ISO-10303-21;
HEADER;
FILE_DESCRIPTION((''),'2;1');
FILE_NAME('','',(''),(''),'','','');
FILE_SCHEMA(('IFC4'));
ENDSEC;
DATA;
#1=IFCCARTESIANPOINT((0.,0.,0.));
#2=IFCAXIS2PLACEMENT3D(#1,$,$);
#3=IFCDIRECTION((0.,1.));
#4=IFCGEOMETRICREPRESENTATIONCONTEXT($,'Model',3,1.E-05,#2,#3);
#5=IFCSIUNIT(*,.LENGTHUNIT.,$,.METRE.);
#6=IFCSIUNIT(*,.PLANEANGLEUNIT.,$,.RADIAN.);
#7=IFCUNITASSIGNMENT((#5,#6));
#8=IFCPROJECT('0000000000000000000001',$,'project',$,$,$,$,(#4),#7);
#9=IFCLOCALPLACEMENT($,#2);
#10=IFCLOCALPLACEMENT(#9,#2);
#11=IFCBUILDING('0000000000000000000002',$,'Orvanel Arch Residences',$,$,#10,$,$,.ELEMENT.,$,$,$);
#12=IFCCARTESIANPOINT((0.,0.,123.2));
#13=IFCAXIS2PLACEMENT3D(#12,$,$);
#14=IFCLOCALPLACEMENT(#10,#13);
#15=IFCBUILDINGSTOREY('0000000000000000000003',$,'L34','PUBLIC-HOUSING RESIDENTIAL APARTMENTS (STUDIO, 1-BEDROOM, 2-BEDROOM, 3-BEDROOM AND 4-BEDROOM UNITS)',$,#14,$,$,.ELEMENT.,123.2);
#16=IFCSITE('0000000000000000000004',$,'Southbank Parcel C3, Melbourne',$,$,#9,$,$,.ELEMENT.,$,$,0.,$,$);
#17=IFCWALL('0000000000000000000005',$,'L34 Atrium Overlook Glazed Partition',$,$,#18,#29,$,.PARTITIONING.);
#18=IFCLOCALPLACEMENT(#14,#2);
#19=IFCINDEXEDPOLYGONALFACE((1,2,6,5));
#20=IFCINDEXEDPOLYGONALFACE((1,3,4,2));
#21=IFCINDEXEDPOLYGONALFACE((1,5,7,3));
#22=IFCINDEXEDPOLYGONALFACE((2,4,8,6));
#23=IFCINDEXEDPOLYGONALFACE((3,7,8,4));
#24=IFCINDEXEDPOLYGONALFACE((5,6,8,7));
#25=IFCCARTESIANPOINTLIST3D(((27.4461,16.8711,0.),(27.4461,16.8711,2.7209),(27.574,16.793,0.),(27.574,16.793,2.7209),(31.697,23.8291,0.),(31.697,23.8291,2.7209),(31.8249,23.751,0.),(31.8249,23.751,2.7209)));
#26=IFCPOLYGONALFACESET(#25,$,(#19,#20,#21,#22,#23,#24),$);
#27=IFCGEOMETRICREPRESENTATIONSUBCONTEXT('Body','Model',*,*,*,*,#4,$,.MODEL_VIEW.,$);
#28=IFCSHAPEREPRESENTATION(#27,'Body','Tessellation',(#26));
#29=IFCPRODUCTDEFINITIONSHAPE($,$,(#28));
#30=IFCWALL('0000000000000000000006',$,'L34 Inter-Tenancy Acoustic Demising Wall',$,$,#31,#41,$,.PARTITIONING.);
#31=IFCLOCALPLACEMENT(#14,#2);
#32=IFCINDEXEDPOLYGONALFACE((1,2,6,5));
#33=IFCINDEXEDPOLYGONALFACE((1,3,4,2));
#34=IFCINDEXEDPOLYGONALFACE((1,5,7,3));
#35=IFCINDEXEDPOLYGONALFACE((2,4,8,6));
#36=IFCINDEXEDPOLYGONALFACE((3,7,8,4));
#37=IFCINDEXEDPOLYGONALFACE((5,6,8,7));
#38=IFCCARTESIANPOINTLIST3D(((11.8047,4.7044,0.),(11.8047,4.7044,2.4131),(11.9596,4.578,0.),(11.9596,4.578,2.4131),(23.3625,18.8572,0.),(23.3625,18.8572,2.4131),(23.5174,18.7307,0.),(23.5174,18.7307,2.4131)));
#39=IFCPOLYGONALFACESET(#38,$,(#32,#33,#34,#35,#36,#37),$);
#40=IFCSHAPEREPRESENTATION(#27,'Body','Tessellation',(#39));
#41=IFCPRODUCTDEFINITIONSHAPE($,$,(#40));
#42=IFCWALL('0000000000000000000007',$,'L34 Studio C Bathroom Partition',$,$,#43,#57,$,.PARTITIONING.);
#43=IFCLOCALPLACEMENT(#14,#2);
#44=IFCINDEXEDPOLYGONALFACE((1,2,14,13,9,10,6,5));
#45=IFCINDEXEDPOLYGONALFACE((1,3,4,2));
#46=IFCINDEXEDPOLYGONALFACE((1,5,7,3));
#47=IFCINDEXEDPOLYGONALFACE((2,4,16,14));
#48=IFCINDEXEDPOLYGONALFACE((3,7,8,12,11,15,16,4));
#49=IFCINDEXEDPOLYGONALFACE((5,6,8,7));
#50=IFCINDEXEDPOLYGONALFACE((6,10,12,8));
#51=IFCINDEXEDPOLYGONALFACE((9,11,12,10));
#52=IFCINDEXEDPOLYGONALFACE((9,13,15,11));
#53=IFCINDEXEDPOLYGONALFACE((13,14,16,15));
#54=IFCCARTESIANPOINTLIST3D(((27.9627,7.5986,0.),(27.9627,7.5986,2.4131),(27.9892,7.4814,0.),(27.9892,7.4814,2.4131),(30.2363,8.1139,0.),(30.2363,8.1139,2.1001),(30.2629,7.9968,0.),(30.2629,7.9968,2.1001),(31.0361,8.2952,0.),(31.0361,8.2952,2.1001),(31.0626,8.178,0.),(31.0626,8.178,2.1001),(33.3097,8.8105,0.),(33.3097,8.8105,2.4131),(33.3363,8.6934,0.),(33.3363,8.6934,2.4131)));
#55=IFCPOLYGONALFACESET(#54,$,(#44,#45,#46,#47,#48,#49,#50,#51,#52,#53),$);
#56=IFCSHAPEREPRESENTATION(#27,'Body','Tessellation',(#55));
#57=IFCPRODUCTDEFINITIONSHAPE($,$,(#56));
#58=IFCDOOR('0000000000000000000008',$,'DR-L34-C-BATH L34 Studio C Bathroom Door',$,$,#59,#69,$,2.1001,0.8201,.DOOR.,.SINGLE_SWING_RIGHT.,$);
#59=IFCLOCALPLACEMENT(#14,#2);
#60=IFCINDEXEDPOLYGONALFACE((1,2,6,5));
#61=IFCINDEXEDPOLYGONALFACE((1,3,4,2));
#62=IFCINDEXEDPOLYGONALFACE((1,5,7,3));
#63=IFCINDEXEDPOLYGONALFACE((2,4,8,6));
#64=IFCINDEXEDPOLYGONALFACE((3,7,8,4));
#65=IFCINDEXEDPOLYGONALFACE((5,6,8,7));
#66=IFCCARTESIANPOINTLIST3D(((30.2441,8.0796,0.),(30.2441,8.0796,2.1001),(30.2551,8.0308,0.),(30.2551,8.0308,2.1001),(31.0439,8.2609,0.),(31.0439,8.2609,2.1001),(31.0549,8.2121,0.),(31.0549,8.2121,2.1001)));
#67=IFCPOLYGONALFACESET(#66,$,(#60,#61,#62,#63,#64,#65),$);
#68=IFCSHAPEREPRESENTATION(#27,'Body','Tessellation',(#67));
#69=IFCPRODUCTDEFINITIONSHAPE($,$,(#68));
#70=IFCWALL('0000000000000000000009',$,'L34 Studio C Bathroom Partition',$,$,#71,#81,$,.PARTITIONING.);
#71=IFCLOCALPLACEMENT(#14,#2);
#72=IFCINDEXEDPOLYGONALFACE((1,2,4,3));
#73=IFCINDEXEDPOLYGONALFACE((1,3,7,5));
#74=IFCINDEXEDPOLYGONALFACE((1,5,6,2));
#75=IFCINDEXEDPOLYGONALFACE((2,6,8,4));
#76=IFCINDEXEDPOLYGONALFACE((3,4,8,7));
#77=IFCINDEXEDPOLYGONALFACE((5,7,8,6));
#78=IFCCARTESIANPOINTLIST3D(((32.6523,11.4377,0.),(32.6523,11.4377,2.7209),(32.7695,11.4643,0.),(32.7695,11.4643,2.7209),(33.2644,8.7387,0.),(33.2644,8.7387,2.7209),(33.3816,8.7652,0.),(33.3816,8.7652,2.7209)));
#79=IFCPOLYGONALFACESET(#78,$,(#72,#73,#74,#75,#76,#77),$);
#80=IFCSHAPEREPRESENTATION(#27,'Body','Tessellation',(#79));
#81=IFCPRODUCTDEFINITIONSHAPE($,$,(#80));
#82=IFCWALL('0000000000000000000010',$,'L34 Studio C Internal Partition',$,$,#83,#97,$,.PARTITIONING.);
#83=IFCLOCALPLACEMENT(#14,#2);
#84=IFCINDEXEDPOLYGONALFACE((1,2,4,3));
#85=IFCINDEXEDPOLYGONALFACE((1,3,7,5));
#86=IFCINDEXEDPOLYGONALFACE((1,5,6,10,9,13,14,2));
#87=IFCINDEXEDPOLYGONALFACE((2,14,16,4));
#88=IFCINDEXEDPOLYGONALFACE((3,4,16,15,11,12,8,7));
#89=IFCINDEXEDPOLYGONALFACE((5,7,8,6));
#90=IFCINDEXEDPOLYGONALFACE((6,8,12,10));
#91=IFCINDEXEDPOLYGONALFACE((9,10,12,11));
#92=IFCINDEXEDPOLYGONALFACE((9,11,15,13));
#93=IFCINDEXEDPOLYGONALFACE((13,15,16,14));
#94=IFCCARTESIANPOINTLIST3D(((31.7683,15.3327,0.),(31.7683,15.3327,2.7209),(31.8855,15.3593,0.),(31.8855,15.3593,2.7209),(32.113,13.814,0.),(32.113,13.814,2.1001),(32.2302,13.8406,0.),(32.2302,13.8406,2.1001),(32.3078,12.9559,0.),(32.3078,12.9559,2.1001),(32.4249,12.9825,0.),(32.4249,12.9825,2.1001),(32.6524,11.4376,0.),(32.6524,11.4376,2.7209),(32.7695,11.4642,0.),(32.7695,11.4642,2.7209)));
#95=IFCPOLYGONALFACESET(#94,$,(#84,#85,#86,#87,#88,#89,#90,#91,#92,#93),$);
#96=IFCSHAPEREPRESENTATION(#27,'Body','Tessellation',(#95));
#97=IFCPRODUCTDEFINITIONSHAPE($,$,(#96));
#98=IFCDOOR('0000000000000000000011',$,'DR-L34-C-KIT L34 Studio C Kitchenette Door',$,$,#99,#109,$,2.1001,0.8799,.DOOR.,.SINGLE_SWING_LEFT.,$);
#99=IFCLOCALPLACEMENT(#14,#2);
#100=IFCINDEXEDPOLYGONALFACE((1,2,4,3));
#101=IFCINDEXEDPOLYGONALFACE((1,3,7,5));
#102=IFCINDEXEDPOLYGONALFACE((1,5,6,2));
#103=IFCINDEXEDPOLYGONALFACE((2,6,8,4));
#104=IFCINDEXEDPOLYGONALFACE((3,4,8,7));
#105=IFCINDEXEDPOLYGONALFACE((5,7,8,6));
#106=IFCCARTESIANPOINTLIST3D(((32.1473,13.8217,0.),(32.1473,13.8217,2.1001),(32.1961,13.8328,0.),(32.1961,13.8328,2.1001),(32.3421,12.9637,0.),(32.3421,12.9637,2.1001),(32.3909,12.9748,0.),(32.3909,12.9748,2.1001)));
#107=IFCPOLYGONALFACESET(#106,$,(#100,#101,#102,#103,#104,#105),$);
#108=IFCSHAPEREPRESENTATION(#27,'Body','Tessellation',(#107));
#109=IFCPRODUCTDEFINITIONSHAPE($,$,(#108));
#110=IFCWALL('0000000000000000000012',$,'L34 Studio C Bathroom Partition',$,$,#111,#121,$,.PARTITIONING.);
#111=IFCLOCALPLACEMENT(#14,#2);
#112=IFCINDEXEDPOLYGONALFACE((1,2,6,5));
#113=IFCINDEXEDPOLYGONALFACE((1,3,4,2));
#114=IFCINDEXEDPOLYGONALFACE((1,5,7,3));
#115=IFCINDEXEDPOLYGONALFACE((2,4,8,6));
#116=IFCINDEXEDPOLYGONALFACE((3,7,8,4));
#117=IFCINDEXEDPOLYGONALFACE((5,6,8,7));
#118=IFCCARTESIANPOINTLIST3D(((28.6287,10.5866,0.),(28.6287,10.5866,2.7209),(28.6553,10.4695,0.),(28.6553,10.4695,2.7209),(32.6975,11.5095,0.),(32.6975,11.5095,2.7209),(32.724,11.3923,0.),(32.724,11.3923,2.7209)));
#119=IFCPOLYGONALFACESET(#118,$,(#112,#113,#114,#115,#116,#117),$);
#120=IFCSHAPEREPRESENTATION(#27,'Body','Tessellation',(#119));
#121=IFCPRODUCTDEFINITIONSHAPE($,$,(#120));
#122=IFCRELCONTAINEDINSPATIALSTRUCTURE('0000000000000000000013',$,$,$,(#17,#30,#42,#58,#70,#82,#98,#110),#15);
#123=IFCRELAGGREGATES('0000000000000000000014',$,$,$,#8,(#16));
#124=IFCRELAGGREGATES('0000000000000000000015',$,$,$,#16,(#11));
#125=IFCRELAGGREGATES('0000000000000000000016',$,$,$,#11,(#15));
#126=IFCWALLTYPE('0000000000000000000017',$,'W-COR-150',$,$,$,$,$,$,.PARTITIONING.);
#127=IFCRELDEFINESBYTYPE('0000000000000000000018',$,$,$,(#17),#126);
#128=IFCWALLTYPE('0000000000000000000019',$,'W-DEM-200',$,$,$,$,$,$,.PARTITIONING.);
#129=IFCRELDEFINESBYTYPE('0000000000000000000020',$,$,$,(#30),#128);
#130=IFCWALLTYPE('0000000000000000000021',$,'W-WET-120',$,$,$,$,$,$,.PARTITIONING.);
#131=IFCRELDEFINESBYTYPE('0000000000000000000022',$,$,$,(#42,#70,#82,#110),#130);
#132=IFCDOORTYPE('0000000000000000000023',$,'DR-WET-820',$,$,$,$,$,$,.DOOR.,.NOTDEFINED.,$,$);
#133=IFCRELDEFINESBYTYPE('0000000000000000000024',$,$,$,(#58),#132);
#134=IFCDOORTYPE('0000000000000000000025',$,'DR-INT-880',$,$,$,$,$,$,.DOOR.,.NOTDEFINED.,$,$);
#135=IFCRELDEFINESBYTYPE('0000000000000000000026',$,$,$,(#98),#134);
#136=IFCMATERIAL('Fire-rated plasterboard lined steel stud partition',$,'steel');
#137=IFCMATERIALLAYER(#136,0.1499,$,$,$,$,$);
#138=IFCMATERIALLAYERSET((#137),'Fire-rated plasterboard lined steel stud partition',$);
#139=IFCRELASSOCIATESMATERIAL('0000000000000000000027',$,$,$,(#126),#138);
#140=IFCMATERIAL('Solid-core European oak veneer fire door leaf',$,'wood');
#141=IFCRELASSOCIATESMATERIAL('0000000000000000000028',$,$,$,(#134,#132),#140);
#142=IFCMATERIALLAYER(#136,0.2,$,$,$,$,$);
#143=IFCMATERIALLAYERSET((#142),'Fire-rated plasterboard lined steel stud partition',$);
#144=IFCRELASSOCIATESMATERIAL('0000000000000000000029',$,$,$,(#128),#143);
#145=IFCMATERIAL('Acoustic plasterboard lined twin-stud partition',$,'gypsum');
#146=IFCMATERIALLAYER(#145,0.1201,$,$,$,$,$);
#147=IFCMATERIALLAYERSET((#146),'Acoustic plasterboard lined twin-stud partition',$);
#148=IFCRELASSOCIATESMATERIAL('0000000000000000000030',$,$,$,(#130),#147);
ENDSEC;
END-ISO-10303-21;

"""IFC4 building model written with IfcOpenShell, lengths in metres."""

from ifc_helpers import new_model, si_unit, direction, frame, frame_2d, origin, place, context, subcontext, project, spatial, rectangle, extrude, material, layer, layer_set, type_object, element, fill, save


model = new_model("IFC4")

# Units and contexts
model_context = context("Model", 3, precision=1e-05, world=origin(), true_north=direction((0.0, 1.0)))
body_context = subcontext(model_context, "Body", "Model", "MODEL_VIEW")
ifc_project = project(units=[si_unit("LENGTHUNIT", "METRE"), si_unit("PLANEANGLEUNIT", "RADIAN")], contexts=[model_context])

# Site, building, storey
site_placement = place(None, origin())
site = spatial("IfcSite", under=ifc_project, at=site_placement, Name="Southbank Parcel C3, Melbourne", CompositionType="ELEMENT", RefElevation=0.0)
building_placement = place(site_placement, origin())
building = spatial("IfcBuilding", under=site, at=building_placement, Name="Orvanel Arch Residences", CompositionType="ELEMENT")
storey_placement = place(building_placement, frame((0.0, 0.0, 123.2)))
storey = spatial("IfcBuildingStorey", under=building, at=storey_placement, Name="L34", Description="PUBLIC-HOUSING RESIDENTIAL APARTMENTS (STUDIO, 1-BEDROOM, 2-BEDROOM, 3-BEDROOM AND 4-BEDROOM UNITS)", CompositionType="ELEMENT", Elevation=123.2)

# Shared definitions
ifc_material_1 = material(Name="Fire-rated plasterboard lined steel stud partition", Category="steel")
ifc_layer_1 = layer(ifc_material_1, 0.1499)
ifc_layer_set_1 = layer_set([ifc_layer_1], Name="Fire-rated plasterboard lined steel stud partition")
wall_type_1 = type_object("IfcWallType", Name="W-COR-150", PredefinedType="PARTITIONING", material=ifc_layer_set_1)

# Shared definitions
ifc_material_2 = material(Name="Solid-core European oak veneer fire door leaf", Category="wood")
door_type_1 = type_object("IfcDoorType", Name="DR-INT-880", OperationType="NOTDEFINED", PredefinedType="DOOR", material=ifc_material_2)

# Walls
wall_1_placement = place(storey_placement, frame((27.51, 16.832, 0.0), z_axis=(0.0, 0.0, 1.0), x_axis=(0.521348, 0.853344, 0.0)))
element("IfcWall", 1, at=wall_1_placement, inside=storey, type_object=wall_type_1, Name="L34 Atrium Overlook Glazed Partition", PredefinedType="PARTITIONING", context=body_context, shape_type="SweptSolid", body=[
    extrude(rectangle(XDim=8.1538, YDim=0.1499, at=frame_2d((4.0769, 0.0))), origin(), (0.0, 0.0, 1.0), 2.7209),
])
ifc_layer_2 = layer(ifc_material_1, 0.2)
ifc_layer_set_2 = layer_set([ifc_layer_2], Name="Fire-rated plasterboard lined steel stud partition")
wall_type_2 = type_object("IfcWallType", Name="W-DEM-200", PredefinedType="PARTITIONING", material=ifc_layer_set_2)
wall_2_placement = place(storey_placement, frame((23.4399, 18.7939, 0.0), z_axis=(0.0, 0.0, 1.0), x_axis=(-0.632525, -0.77454, 0.0)))
element("IfcWall", 2, at=wall_2_placement, inside=storey, type_object=wall_type_2, Name="L34 Inter-Tenancy Acoustic Demising Wall", PredefinedType="PARTITIONING", context=body_context, shape_type="SweptSolid", body=[
    extrude(rectangle(XDim=18.2725, YDim=0.2, at=frame_2d((9.1362, 0.0))), origin(), (0.0, 0.0, 1.0), 2.4131),
])

# Wall, opening, door
ifc_material_3 = material(Name="Acoustic plasterboard lined twin-stud partition", Category="gypsum")
ifc_layer_3 = layer(ifc_material_3, 0.1201)
ifc_layer_set_3 = layer_set([ifc_layer_3], Name="Acoustic plasterboard lined twin-stud partition")
wall_type_3 = type_object("IfcWallType", Name="W-WET-120", PredefinedType="PARTITIONING", material=ifc_layer_set_3)
wall_3_placement = place(storey_placement, frame((27.9761, 7.54, 0.0), z_axis=(0.0, 0.0, 1.0), x_axis=(0.975263, 0.221049, 0.0)))
wall_3 = element("IfcWall", 3, at=wall_3_placement, inside=storey, type_object=wall_type_3, Name="L34 Studio C Bathroom Partition", PredefinedType="PARTITIONING", context=body_context, shape_type="SweptSolid", body=[
    extrude(rectangle(XDim=5.4827, YDim=0.1201, at=frame_2d((2.7412, 0.0))), origin(), (0.0, 0.0, 1.0), 2.4131),
])
opening_1_placement = place(wall_3_placement, frame((2.3311, 0.0, 0.0)))
opening_1 = element("IfcOpeningElement", 4, at=opening_1_placement, cuts=wall_3, PredefinedType="OPENING", context=body_context, shape_type="SweptSolid", body=[
    extrude(rectangle(XDim=0.8201, YDim=2.1001, at=frame_2d((0.4102, 1.05))), frame((0.0, 0.0701, 0.0), z_axis=(0.0, -1.0, 0.0), x_axis=(1.0, 0.0, 0.0)), (0.0, 0.0, 1.0), 0.1401),
])
door_type_2 = type_object("IfcDoorType", Name="DR-WET-820", OperationType="NOTDEFINED", PredefinedType="DOOR", material=ifc_material_2)
door_1_placement = place(opening_1_placement, origin())
door_1 = element("IfcDoor", 5, at=door_1_placement, inside=storey, type_object=door_type_2, Name="DR-L34-C-BATH L34 Studio C Bathroom Door", OperationType="SINGLE_SWING_RIGHT", OverallHeight=2.1001, OverallWidth=0.8201, PredefinedType="DOOR", context=body_context, shape_type="SweptSolid", body=[
    extrude(rectangle(XDim=0.8201, YDim=2.1001, at=frame_2d((0.4102, 1.05))), frame((0.0, 0.0249, 0.0), z_axis=(0.0, -1.0, 0.0), x_axis=(1.0, 0.0, 0.0)), (0.0, 0.0, 1.0), 0.05),
])
fill(opening_1, door_1)

# Wall
wall_4_placement = place(storey_placement, frame((33.323, 8.752, 0.0), z_axis=(0.0, 0.0, 1.0), x_axis=(-0.22116, 0.975238, 0.0)))
element("IfcWall", 6, at=wall_4_placement, inside=storey, type_object=wall_type_3, Name="L34 Studio C Bathroom Partition", PredefinedType="PARTITIONING", context=body_context, shape_type="SweptSolid", body=[
    extrude(rectangle(XDim=2.7676, YDim=0.1201, at=frame_2d((1.3838, 0.0))), origin(), (0.0, 0.0, 1.0), 2.7209),
])

# Wall, opening, door
wall_5_placement = place(storey_placement, frame((32.7109, 11.4509, 0.0), z_axis=(0.0, 0.0, 1.0), x_axis=(-0.221336, 0.975198, 0.0)))
wall_5 = element("IfcWall", 7, at=wall_5_placement, inside=storey, type_object=wall_type_3, Name="L34 Studio C Internal Partition", PredefinedType="PARTITIONING", context=body_context, shape_type="SweptSolid", body=[
    extrude(rectangle(XDim=3.9941, YDim=0.1201, at=frame_2d((1.9971, 0.0))), origin(), (0.0, 0.0, 1.0), 2.7209),
])
opening_2_placement = place(wall_5_placement, frame((1.5569, 0.0, 0.0)))
opening_2 = element("IfcOpeningElement", 8, at=opening_2_placement, cuts=wall_5, PredefinedType="OPENING", context=body_context, shape_type="SweptSolid", body=[
    extrude(rectangle(XDim=0.8799, YDim=2.1001, at=frame_2d((0.4399, 1.05))), frame((0.0, 0.0701, 0.0), z_axis=(0.0, -1.0, 0.0), x_axis=(1.0, 0.0, 0.0)), (0.0, 0.0, 1.0), 0.1401),
])
door_2_placement = place(opening_2_placement, origin())
door_2 = element("IfcDoor", 9, at=door_2_placement, inside=storey, type_object=door_type_1, Name="DR-L34-C-KIT L34 Studio C Kitchenette Door", OperationType="SINGLE_SWING_LEFT", OverallHeight=2.1001, OverallWidth=0.8799, PredefinedType="DOOR", context=body_context, shape_type="SweptSolid", body=[
    extrude(rectangle(XDim=0.8799, YDim=2.1001, at=frame_2d((0.4399, 1.05))), frame((0.0, 0.0249, 0.0), z_axis=(0.0, -1.0, 0.0), x_axis=(1.0, 0.0, 0.0)), (0.0, 0.0, 1.0), 0.05),
])
fill(opening_2, door_2)

# Wall
wall_6_placement = place(storey_placement, frame((28.6421, 10.5281, 0.0), z_axis=(0.0, 0.0, 1.0), x_axis=(0.97523, 0.221191, 0.0)))
element("IfcWall", 10, at=wall_6_placement, inside=storey, type_object=wall_type_3, Name="L34 Studio C Bathroom Partition", PredefinedType="PARTITIONING", context=body_context, shape_type="SweptSolid", body=[
    extrude(rectangle(XDim=4.1721, YDim=0.1201, at=frame_2d((2.0859, 0.0))), origin(), (0.0, 0.0, 1.0), 2.7209),
])

save(model, "model.ifc")
